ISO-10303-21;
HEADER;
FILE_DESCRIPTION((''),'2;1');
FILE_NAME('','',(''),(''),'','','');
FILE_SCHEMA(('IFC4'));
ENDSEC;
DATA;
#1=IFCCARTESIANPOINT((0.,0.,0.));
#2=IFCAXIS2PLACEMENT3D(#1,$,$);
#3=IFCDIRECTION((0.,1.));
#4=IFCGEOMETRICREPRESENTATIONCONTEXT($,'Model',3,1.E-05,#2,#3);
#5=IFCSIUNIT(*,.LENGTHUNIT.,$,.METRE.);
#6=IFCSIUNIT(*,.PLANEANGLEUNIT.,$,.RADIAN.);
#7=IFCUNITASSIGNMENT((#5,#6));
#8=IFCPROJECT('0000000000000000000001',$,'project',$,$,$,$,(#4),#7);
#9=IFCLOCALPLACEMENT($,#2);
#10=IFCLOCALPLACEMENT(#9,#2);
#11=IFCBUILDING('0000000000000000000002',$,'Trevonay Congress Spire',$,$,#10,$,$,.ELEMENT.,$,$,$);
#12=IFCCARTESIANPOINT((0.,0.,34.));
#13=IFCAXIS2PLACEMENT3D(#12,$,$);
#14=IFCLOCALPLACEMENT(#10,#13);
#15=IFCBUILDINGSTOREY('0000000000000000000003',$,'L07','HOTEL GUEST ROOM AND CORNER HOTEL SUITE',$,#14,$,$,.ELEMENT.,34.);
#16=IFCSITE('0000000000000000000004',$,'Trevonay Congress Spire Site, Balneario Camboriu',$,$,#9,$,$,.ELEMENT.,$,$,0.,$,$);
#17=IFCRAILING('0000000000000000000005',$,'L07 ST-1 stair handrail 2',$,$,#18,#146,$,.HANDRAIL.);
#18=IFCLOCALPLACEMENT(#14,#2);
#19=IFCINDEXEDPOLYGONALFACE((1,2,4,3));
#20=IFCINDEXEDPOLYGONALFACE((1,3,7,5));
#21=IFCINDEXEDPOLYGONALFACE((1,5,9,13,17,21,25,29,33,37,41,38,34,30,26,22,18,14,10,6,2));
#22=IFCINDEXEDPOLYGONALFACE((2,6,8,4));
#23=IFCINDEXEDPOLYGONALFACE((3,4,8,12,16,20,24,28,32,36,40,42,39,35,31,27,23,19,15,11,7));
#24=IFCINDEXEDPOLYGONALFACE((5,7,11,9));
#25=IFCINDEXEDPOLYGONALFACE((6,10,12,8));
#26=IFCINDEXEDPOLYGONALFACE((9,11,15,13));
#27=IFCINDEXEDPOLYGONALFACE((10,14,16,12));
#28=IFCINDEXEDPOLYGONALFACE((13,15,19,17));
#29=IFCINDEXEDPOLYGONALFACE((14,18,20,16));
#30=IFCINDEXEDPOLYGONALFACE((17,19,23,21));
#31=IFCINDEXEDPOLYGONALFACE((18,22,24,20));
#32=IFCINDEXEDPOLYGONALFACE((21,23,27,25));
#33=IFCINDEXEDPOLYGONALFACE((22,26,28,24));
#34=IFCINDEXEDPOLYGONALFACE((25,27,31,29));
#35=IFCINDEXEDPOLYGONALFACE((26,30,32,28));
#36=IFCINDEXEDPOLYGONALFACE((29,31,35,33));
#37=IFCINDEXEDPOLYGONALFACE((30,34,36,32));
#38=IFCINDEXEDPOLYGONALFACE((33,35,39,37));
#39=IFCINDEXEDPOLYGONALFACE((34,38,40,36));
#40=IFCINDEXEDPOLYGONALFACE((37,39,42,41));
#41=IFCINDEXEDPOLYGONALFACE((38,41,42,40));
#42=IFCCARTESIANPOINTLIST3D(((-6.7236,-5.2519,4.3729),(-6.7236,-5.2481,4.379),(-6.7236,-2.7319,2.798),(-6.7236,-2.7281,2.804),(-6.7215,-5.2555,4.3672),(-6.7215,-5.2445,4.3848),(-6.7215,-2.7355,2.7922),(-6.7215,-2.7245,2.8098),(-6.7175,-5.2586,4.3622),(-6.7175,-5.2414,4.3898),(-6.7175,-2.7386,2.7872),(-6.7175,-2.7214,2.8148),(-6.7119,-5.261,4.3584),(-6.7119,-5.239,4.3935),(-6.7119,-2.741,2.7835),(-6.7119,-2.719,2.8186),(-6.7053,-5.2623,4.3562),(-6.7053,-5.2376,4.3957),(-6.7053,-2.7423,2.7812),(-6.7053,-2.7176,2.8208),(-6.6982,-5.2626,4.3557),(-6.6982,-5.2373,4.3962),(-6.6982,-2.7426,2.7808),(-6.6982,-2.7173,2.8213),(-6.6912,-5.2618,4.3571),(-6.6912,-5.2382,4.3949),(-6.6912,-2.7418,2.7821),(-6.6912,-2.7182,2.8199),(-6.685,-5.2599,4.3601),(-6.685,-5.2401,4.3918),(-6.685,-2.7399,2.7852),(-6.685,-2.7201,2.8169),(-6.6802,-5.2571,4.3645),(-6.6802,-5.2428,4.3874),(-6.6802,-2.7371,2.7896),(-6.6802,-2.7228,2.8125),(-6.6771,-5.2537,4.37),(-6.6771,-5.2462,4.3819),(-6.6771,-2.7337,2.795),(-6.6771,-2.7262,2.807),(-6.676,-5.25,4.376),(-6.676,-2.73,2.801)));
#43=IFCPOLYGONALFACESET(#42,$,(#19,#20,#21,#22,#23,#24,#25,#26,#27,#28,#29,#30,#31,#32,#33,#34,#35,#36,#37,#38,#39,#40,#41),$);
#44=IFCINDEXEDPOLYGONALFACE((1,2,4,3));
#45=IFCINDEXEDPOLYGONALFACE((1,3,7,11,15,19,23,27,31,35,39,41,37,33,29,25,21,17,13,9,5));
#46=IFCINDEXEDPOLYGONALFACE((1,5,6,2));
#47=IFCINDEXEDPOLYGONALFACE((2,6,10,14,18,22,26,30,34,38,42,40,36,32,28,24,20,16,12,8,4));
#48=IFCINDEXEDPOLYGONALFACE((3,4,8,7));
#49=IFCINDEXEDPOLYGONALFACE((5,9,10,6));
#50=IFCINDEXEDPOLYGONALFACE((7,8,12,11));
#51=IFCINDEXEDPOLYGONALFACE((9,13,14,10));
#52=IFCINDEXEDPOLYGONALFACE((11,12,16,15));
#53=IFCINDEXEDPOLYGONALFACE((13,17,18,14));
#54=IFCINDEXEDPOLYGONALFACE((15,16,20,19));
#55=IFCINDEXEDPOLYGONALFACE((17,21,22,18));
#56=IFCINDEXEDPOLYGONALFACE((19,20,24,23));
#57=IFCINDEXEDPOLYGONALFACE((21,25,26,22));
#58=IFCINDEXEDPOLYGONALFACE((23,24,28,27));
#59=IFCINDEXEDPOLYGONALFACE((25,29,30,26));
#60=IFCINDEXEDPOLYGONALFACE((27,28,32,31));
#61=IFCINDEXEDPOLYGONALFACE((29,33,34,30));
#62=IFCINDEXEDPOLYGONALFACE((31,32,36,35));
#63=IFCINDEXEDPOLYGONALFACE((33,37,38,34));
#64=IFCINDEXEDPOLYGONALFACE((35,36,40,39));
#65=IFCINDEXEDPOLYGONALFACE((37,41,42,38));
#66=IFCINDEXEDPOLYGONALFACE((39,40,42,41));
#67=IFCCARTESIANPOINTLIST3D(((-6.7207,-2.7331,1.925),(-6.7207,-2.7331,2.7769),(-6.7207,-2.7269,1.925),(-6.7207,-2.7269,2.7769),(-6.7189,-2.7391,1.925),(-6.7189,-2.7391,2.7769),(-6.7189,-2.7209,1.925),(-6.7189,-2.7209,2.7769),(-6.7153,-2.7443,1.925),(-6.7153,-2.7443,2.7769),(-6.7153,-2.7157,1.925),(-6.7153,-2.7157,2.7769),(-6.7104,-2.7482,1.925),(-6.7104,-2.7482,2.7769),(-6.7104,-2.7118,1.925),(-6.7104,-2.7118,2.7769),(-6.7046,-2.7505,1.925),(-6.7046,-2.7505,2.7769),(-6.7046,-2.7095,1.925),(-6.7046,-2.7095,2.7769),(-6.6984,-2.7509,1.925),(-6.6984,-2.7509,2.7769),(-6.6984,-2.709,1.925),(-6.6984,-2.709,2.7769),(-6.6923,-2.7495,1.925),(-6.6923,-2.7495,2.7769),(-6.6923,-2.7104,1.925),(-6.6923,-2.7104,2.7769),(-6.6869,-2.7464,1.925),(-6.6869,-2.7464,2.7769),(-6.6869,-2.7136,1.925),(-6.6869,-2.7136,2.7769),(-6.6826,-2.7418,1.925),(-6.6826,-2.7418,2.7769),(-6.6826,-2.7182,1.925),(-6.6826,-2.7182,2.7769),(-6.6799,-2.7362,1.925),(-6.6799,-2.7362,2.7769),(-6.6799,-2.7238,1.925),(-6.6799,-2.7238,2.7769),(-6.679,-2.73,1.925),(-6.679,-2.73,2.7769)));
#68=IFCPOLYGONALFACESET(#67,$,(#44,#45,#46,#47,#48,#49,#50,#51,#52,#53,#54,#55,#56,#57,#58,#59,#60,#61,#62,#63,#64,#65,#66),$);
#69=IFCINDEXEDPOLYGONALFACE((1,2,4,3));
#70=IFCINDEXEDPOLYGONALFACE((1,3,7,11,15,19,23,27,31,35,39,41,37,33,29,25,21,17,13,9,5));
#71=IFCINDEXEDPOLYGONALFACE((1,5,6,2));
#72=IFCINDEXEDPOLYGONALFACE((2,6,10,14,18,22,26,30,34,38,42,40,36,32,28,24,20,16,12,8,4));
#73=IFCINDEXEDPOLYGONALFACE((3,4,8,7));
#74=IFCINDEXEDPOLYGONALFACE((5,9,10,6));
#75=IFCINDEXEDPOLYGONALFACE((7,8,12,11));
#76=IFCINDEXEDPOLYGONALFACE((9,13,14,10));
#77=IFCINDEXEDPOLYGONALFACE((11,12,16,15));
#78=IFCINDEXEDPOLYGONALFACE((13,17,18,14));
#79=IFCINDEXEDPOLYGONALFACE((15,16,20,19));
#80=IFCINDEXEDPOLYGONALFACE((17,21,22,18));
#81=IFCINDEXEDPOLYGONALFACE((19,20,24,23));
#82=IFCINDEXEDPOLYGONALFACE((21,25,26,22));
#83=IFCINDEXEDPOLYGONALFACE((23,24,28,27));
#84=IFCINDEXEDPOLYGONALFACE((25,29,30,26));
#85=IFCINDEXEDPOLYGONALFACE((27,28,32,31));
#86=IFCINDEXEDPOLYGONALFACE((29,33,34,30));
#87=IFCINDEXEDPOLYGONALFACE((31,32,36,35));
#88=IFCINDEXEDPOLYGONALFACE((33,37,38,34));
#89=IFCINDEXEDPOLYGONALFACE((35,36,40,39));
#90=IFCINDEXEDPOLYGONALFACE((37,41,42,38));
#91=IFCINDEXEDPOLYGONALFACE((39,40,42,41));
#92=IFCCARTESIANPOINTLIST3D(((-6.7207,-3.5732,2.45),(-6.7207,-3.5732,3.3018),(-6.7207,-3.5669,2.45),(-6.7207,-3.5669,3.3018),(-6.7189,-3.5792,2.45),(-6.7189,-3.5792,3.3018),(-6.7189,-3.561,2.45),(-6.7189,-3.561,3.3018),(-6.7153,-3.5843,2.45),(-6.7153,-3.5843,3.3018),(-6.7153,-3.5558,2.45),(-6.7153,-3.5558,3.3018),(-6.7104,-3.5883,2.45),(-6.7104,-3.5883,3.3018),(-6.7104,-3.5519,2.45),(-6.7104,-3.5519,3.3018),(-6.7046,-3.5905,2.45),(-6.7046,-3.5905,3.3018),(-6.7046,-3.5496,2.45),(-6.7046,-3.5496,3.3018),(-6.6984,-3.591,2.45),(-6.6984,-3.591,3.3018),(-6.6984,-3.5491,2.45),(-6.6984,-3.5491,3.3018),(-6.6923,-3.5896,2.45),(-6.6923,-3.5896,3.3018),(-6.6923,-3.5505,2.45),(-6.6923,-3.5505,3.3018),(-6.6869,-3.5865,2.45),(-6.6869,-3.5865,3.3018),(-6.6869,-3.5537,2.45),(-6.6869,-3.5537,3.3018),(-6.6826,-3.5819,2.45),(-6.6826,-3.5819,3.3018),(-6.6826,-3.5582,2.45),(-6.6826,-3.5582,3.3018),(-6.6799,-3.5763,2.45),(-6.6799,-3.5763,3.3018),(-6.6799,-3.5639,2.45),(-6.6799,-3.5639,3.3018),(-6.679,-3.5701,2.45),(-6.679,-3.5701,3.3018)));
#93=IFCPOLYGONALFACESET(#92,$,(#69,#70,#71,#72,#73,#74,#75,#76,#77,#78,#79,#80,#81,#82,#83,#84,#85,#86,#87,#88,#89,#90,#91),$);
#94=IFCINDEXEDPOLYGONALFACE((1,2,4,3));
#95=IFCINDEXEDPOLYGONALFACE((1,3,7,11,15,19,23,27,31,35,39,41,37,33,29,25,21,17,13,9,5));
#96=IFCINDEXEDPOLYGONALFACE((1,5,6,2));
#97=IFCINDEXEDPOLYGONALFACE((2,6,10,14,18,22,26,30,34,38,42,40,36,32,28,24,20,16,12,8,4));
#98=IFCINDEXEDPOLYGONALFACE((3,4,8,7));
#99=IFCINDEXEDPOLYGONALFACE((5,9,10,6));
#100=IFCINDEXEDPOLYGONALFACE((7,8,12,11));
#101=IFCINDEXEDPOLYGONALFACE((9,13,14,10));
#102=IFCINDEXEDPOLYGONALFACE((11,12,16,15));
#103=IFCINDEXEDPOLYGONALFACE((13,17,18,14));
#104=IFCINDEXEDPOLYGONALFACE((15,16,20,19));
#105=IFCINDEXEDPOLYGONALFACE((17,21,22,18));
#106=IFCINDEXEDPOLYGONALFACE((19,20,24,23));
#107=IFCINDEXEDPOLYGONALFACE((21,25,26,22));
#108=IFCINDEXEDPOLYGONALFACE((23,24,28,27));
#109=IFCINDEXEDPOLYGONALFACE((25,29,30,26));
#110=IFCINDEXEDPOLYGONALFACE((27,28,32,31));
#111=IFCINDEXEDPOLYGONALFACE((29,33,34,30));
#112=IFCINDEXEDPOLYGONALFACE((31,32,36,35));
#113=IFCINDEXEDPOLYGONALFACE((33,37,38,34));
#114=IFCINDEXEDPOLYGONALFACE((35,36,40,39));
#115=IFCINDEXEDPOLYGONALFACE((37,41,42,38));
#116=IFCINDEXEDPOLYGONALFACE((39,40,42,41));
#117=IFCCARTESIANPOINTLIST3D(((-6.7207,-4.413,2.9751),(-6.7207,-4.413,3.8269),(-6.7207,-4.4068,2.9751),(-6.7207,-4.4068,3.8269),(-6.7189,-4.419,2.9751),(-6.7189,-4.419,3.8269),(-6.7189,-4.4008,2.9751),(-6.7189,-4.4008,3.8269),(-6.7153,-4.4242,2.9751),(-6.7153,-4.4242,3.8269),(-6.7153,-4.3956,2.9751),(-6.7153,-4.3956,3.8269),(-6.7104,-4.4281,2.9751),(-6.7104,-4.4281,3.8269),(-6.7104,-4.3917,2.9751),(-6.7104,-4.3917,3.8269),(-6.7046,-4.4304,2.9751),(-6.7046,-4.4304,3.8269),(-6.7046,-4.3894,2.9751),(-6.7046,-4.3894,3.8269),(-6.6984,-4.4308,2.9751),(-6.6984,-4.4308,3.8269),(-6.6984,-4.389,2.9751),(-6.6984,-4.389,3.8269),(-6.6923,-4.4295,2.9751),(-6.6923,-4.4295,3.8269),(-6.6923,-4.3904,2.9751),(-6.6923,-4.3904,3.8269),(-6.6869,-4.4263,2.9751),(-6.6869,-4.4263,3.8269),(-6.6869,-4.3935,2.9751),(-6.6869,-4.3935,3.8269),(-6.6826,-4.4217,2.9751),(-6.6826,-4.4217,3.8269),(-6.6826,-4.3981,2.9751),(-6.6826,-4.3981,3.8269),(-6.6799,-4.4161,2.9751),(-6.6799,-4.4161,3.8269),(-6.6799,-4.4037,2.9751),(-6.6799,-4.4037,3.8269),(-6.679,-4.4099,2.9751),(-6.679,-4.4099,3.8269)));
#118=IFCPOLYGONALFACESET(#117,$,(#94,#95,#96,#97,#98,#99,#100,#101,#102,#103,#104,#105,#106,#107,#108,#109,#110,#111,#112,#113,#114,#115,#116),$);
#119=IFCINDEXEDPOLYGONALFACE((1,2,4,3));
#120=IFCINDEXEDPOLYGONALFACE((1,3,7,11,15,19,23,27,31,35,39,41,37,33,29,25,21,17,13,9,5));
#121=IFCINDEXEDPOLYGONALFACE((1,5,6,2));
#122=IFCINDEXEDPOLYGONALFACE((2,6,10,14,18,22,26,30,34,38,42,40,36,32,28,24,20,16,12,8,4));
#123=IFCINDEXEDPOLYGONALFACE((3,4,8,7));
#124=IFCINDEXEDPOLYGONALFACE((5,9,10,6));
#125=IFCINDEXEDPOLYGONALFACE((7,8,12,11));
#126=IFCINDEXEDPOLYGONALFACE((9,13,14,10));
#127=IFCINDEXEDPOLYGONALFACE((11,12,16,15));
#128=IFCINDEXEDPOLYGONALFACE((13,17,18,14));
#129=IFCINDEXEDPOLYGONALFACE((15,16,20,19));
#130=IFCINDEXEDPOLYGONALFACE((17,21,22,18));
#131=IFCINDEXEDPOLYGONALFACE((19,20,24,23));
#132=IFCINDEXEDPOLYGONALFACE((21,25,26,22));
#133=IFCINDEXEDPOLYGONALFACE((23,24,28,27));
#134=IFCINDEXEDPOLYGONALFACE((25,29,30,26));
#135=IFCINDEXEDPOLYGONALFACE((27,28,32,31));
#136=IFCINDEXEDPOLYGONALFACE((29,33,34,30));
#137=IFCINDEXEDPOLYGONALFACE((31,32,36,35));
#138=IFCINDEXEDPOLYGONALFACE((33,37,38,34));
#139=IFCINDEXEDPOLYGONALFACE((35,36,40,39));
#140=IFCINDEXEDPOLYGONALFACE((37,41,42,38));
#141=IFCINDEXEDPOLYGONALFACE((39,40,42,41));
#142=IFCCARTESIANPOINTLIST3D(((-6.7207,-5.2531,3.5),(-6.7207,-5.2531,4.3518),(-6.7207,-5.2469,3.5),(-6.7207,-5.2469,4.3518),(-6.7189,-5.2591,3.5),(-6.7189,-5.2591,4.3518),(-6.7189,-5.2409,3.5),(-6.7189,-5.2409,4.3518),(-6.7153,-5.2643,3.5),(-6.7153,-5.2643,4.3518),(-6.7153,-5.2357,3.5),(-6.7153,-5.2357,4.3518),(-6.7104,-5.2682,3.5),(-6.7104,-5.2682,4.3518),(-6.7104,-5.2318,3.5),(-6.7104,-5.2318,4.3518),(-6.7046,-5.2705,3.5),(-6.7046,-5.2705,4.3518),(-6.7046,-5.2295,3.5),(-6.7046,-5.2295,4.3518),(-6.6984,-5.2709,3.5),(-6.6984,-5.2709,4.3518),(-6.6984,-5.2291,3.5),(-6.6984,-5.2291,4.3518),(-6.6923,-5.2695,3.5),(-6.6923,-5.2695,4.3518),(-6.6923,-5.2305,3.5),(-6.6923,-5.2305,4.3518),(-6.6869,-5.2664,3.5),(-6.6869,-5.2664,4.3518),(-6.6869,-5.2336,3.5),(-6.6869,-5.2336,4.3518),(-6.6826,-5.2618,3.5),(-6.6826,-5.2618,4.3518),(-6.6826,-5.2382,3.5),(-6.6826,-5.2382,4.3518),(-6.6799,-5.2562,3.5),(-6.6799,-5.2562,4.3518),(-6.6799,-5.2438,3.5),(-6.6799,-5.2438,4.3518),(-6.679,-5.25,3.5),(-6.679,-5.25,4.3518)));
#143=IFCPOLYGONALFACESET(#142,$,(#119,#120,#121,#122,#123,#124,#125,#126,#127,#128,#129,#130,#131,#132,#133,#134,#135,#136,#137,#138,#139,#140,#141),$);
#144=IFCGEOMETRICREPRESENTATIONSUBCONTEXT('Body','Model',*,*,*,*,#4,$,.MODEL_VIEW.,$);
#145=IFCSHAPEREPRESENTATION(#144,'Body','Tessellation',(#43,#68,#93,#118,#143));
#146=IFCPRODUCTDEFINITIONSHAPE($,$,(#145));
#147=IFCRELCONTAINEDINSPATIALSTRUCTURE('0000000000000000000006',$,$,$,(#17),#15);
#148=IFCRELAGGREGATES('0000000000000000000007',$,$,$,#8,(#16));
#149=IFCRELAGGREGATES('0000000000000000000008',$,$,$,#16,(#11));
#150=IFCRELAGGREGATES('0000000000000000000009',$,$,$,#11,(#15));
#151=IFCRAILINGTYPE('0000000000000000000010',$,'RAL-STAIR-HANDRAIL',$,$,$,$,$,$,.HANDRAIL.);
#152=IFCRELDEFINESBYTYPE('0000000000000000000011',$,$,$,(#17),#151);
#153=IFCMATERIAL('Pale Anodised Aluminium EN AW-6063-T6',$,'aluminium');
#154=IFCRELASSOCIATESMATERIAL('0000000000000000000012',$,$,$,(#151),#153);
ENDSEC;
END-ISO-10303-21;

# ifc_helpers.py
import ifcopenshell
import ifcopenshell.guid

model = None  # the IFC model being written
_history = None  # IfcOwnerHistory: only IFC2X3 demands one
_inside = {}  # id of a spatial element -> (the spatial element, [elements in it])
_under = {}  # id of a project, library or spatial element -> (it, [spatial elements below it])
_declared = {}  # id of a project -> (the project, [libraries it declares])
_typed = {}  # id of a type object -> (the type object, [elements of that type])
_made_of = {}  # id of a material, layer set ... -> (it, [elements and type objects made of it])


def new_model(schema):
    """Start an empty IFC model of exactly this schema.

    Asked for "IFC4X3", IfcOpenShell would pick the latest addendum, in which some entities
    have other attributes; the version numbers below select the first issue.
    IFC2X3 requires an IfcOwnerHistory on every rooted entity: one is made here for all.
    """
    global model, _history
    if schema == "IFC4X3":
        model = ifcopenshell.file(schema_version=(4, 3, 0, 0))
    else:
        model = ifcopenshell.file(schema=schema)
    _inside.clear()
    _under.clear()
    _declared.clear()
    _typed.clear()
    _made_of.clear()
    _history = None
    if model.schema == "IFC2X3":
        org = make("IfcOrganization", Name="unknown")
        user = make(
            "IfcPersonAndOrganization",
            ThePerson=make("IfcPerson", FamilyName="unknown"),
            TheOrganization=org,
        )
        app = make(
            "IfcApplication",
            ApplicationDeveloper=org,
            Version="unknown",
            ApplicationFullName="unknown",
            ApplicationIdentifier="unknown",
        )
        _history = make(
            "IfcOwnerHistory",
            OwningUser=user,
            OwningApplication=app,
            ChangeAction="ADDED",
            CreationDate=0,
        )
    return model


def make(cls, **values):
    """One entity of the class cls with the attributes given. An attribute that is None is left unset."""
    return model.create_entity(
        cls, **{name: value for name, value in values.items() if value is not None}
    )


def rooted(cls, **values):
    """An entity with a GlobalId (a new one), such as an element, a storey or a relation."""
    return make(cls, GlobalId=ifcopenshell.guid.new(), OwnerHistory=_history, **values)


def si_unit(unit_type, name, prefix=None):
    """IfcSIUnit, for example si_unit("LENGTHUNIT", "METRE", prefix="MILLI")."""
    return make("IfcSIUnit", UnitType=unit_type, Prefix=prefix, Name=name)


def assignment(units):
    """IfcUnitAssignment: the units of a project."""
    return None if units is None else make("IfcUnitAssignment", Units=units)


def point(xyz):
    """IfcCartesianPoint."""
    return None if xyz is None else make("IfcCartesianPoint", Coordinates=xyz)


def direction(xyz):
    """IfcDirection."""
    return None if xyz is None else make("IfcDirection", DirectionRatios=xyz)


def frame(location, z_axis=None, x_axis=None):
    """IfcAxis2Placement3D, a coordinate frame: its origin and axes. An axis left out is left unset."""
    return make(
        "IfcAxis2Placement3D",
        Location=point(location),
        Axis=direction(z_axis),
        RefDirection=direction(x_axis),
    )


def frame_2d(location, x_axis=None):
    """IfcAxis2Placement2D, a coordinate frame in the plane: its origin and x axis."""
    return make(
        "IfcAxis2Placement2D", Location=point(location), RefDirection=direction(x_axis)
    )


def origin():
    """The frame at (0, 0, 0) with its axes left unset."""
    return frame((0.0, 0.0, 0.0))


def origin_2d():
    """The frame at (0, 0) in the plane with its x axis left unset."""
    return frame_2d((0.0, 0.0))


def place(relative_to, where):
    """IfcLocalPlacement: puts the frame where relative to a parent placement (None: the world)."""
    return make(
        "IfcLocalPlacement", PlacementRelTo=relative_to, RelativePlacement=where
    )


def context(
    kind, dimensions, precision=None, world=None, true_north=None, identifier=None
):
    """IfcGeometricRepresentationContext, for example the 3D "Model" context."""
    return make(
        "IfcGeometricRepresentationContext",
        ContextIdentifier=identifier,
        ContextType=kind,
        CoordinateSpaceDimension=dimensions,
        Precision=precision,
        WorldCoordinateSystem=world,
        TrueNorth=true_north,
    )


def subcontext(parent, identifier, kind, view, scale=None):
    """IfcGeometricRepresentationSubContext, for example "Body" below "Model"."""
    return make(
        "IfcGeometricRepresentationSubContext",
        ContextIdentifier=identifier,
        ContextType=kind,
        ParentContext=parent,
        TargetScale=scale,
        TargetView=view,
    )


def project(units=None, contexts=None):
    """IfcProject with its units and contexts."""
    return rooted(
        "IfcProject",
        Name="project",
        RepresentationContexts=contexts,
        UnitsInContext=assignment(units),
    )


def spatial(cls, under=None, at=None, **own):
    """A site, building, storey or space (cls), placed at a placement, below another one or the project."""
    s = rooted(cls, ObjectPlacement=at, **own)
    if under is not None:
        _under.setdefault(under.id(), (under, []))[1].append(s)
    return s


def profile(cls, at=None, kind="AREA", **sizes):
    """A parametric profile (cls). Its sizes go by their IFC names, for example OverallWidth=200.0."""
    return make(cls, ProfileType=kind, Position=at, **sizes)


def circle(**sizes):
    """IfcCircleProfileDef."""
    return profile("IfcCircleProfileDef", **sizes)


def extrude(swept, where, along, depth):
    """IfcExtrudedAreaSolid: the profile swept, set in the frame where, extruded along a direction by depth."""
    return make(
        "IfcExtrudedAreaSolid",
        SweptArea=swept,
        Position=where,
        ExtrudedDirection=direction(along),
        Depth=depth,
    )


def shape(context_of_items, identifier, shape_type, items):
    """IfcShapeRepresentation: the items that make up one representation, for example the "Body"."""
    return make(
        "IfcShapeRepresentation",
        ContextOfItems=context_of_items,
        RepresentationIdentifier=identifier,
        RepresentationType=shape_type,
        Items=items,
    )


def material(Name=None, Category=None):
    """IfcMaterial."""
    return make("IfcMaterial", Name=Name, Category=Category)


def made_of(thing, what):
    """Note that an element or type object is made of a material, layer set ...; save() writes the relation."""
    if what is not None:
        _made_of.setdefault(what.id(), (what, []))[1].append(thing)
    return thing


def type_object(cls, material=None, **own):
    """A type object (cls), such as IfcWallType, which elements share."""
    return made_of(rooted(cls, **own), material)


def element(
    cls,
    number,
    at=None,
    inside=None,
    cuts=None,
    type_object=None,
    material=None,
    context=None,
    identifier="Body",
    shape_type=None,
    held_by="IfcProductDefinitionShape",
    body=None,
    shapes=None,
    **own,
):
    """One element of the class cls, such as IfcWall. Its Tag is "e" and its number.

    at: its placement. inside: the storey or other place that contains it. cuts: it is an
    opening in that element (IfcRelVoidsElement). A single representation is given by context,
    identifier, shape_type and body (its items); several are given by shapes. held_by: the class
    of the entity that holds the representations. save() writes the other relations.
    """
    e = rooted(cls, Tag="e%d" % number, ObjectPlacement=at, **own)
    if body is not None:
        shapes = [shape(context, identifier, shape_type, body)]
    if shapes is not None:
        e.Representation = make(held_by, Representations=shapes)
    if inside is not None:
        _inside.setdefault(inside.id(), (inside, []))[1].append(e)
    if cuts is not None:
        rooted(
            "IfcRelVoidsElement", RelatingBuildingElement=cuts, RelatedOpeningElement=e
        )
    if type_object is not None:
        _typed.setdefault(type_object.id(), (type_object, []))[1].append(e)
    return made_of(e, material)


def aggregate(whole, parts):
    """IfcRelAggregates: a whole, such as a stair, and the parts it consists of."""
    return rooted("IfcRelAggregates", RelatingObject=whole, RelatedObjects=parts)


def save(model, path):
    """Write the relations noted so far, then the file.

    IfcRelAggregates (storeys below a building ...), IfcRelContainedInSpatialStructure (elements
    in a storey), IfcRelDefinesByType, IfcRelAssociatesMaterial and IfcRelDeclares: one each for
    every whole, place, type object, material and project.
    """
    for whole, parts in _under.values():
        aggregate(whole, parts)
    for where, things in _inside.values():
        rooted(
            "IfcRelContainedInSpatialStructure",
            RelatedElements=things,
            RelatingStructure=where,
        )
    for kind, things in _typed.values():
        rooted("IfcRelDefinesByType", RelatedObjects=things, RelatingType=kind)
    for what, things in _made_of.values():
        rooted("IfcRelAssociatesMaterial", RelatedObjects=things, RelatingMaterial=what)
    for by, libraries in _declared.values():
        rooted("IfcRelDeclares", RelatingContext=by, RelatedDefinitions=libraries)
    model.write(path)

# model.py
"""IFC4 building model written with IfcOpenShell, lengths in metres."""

from ifc_helpers import new_model, si_unit, direction, frame, origin, origin_2d, place, context, subcontext, project, spatial, circle, extrude, material, type_object, element, save


model = new_model("IFC4")

# Units and contexts
model_context = context("Model", 3, precision=1e-05, world=origin(), true_north=direction((0.0, 1.0)))
body_context = subcontext(model_context, "Body", "Model", "MODEL_VIEW")
ifc_project = project(units=[si_unit("LENGTHUNIT", "METRE"), si_unit("PLANEANGLEUNIT", "RADIAN")], contexts=[model_context])

# Site, building, storey
site_placement = place(None, origin())
site = spatial("IfcSite", under=ifc_project, at=site_placement, Name="Trevonay Congress Spire Site, Balneario Camboriu", CompositionType="ELEMENT", RefElevation=0.0)
building_placement = place(site_placement, origin())
building = spatial("IfcBuilding", under=site, at=building_placement, Name="Trevonay Congress Spire", CompositionType="ELEMENT")
storey_placement = place(building_placement, frame((0.0, 0.0, 34.0)))
storey = spatial("IfcBuildingStorey", under=building, at=storey_placement, Name="L07", Description="HOTEL GUEST ROOM AND CORNER HOTEL SUITE", CompositionType="ELEMENT", Elevation=34.0)

# Shared definitions
ifc_material_1 = material(Name="Pale Anodised Aluminium EN AW-6063-T6", Category="aluminium")

# Railing
railing_type_1 = type_object("IfcRailingType", Name="RAL-STAIR-HANDRAIL", PredefinedType="HANDRAIL", material=ifc_material_1)
railing_1_placement = place(storey_placement, frame((-6.7, -2.73, 1.925)))
element("IfcRailing", 1, at=railing_1_placement, inside=storey, type_object=railing_type_1, Name="L07 ST-1 stair handrail 2", PredefinedType="HANDRAIL", context=body_context, shape_type="SweptSolid", body=[
    extrude(circle(Radius=0.0239, at=origin_2d()), frame((0.0, 0.0, 0.876), z_axis=(0.0, -0.848008, 0.529984), x_axis=(1.0, 0.0, 0.0)), (0.0, 0.0, 1.0), 2.9717),
    extrude(circle(Radius=0.021, at=origin_2d()), origin(), (0.0, 0.0, 1.0), 0.8518),
    extrude(circle(Radius=0.021, at=origin_2d()), frame((0.0, -0.8401, 0.5249)), (0.0, 0.0, 1.0), 0.8518),
    extrude(circle(Radius=0.021, at=origin_2d()), frame((0.0, -1.6799, 1.05)), (0.0, 0.0, 1.0), 0.8518),
    extrude(circle(Radius=0.021, at=origin_2d()), frame((0.0, -2.52, 1.575)), (0.0, 0.0, 1.0), 0.8518),
])

save(model, "model.ifc")
